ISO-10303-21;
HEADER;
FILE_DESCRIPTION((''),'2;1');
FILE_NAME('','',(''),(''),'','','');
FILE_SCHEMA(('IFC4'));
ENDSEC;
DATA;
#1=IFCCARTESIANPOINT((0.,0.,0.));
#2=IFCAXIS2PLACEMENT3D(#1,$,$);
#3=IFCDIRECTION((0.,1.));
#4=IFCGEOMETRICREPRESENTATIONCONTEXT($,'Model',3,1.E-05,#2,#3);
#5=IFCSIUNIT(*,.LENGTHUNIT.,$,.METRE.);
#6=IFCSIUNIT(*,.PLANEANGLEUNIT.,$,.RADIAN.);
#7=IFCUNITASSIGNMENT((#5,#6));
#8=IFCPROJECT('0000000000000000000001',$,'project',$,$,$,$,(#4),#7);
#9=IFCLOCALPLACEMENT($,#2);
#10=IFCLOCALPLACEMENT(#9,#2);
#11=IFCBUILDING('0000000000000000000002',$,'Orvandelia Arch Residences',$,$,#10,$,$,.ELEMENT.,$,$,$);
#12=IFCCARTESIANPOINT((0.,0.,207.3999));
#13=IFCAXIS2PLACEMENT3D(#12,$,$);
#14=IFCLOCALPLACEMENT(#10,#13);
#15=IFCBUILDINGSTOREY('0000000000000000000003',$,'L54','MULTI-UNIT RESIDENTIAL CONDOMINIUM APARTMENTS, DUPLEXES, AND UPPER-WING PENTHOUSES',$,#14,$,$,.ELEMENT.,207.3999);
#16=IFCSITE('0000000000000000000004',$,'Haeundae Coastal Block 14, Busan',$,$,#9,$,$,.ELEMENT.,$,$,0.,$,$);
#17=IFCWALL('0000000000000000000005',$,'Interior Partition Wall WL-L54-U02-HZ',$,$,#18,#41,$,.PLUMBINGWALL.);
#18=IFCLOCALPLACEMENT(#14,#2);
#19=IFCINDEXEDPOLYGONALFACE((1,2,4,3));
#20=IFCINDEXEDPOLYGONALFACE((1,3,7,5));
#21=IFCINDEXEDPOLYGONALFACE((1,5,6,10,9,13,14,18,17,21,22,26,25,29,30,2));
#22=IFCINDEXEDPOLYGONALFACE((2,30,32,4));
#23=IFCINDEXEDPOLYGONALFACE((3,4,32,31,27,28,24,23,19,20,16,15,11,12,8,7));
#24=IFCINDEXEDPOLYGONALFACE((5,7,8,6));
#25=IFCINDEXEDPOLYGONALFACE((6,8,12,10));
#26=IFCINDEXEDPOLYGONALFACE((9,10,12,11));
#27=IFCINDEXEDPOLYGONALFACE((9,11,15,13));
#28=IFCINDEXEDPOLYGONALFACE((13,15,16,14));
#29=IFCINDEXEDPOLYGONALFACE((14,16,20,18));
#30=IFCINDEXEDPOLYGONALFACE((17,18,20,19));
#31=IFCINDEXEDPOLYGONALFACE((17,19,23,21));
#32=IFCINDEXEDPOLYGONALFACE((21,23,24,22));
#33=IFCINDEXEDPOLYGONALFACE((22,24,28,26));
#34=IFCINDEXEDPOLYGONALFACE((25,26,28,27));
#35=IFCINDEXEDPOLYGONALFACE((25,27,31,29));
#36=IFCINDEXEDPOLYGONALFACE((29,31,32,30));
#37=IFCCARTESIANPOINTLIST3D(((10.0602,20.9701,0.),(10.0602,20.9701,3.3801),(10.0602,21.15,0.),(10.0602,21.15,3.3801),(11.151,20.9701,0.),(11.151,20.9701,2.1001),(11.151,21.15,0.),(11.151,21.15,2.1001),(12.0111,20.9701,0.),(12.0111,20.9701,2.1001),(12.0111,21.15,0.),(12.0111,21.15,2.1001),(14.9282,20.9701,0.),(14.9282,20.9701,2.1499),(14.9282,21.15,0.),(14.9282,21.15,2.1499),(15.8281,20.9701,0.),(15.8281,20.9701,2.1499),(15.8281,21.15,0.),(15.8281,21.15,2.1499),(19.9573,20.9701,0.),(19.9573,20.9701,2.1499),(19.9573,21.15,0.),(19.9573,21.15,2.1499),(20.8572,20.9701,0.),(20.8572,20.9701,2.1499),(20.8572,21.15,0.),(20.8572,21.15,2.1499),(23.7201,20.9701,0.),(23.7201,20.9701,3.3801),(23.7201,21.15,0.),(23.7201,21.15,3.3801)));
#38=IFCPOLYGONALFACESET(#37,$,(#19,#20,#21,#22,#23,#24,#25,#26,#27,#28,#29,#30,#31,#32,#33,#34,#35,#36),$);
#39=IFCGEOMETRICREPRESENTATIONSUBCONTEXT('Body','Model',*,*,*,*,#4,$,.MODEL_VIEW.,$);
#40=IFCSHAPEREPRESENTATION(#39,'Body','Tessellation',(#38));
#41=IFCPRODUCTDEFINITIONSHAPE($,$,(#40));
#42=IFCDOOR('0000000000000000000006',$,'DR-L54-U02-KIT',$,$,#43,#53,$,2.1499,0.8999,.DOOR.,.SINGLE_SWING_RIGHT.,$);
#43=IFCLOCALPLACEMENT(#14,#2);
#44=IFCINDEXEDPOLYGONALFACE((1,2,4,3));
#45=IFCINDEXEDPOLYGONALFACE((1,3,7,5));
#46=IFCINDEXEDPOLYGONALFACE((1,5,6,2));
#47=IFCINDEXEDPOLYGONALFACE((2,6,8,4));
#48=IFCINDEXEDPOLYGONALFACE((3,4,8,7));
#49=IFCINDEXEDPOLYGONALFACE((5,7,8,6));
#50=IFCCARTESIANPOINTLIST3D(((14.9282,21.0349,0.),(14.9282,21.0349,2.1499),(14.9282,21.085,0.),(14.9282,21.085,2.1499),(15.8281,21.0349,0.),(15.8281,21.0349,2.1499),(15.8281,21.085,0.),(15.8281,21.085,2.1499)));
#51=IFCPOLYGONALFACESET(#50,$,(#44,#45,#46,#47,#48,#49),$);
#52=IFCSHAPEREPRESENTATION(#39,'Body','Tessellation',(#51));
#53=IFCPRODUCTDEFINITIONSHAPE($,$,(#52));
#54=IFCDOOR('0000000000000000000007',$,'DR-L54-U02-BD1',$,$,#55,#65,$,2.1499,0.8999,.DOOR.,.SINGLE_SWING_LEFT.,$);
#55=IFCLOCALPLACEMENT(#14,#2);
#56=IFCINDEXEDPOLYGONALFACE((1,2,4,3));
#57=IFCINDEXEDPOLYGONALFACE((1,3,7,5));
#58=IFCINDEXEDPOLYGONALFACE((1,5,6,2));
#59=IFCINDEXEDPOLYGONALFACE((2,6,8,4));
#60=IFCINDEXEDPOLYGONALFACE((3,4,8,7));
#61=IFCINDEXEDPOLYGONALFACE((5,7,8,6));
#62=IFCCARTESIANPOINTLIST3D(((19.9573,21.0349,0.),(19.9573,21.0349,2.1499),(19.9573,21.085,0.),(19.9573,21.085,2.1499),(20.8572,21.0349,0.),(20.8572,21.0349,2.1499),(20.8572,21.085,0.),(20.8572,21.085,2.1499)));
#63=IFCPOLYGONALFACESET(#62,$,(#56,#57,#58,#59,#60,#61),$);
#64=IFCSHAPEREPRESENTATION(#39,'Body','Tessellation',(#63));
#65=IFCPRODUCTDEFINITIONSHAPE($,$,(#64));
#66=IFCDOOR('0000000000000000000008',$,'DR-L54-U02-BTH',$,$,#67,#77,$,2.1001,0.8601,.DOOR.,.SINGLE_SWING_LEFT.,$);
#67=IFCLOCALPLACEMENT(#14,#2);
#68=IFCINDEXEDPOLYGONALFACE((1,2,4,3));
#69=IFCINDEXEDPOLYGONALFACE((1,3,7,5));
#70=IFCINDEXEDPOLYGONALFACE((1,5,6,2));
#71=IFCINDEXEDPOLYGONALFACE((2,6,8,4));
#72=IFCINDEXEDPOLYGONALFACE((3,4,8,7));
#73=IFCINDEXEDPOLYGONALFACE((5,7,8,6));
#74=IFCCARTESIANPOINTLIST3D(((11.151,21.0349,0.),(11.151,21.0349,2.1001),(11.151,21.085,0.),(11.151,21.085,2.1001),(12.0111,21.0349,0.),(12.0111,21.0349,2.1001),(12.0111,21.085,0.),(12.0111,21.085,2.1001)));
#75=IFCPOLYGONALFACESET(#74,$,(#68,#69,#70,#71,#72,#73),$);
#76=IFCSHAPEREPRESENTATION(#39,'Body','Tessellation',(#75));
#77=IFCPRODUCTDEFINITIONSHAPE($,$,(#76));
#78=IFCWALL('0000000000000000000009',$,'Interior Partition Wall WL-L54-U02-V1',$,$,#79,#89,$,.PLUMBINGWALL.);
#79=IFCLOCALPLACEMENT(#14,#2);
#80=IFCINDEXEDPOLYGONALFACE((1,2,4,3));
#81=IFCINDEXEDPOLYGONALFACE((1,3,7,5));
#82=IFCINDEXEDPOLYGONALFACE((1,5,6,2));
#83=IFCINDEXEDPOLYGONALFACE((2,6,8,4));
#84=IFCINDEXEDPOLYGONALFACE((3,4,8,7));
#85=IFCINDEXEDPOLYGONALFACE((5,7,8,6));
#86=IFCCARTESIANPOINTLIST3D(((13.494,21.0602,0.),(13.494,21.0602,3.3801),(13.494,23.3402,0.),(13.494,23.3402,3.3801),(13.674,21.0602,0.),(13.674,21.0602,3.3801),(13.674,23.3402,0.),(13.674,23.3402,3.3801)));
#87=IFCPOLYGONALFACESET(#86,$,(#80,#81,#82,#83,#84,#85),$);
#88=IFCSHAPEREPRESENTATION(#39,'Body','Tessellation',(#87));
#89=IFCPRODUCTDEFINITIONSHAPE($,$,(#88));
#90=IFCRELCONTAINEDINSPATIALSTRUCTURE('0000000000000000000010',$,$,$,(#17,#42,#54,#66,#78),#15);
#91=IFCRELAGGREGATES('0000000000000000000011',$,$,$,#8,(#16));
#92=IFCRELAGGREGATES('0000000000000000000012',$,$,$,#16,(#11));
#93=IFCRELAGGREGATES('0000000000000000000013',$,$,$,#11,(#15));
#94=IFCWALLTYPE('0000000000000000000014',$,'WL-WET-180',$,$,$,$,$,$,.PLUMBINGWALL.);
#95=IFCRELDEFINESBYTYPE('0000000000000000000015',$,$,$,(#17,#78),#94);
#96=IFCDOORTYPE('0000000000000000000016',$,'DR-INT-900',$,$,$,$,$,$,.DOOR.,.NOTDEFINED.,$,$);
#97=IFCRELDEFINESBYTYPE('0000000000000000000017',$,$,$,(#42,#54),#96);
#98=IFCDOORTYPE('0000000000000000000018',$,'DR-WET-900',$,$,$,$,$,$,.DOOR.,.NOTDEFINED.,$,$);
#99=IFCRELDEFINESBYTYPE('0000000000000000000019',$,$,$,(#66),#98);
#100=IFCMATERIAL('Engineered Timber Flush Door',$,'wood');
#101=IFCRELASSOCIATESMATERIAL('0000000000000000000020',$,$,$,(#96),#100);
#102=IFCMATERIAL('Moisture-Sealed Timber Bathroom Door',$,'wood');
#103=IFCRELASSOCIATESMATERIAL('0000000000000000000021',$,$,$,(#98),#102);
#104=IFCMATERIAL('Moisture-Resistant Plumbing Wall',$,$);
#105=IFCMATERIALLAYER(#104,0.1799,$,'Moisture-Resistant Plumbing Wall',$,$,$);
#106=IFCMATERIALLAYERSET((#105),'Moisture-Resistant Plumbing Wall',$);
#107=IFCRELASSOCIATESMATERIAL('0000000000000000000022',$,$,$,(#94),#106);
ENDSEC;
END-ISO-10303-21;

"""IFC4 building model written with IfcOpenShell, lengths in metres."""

from ifc_helpers import new_model, si_unit, direction, frame, frame_2d, origin, place, context, subcontext, project, spatial, rectangle, extrude, material, layer, layer_set, type_object, element, fill, save


model = new_model("IFC4")

# Units and contexts
model_context = context("Model", 3, precision=1e-05, world=origin(), true_north=direction((0.0, 1.0)))
body_context = subcontext(model_context, "Body", "Model", "MODEL_VIEW")
ifc_project = project(units=[si_unit("LENGTHUNIT", "METRE"), si_unit("PLANEANGLEUNIT", "RADIAN")], contexts=[model_context])

# Site, building, storey
site_placement = place(None, origin())
site = spatial("IfcSite", under=ifc_project, at=site_placement, Name="Haeundae Coastal Block 14, Busan", CompositionType="ELEMENT", RefElevation=0.0)
building_placement = place(site_placement, origin())
building = spatial("IfcBuilding", under=site, at=building_placement, Name="Orvandelia Arch Residences", CompositionType="ELEMENT")
storey_placement = place(building_placement, frame((0.0, 0.0, 207.3999)))
storey = spatial("IfcBuildingStorey", under=building, at=storey_placement, Name="L54", Description="MULTI-UNIT RESIDENTIAL CONDOMINIUM APARTMENTS, DUPLEXES, AND UPPER-WING PENTHOUSES", CompositionType="ELEMENT", Elevation=207.3999)

# Shared definitions
ifc_material_1 = material(Name="Engineered Timber Flush Door", Category="wood")
door_type_1 = type_object("IfcDoorType", Name="DR-INT-900", OperationType="NOTDEFINED", PredefinedType="DOOR", material=ifc_material_1)
ifc_material_2 = material(Name="Moisture-Sealed Timber Bathroom Door", Category="wood")
door_type_2 = type_object("IfcDoorType", Name="DR-WET-900", OperationType="NOTDEFINED", PredefinedType="DOOR", material=ifc_material_2)

# Wall, openings, doors
ifc_material_3 = material(Name="Moisture-Resistant Plumbing Wall")
ifc_layer_1 = layer(ifc_material_3, 0.1799, Name="Moisture-Resistant Plumbing Wall")
ifc_layer_set_1 = layer_set([ifc_layer_1], Name="Moisture-Resistant Plumbing Wall")
wall_type_1 = type_object("IfcWallType", Name="WL-WET-180", PredefinedType="PLUMBINGWALL", material=ifc_layer_set_1)
wall_1_placement = place(storey_placement, frame((10.0601, 21.0601, 0.0), z_axis=(0.0, 0.0, 1.0), x_axis=(1.0, 0.0, 0.0)))
wall_1 = element("IfcWall", 1, at=wall_1_placement, inside=storey, type_object=wall_type_1, Name="Interior Partition Wall WL-L54-U02-HZ", PredefinedType="PLUMBINGWALL", context=body_context, shape_type="SweptSolid", body=[
    extrude(rectangle(XDim=13.6599, YDim=0.1799, at=frame_2d((6.8301, 0.0))), origin(), (0.0, 0.0, 1.0), 3.3801),
])
opening_1_placement = place(wall_1_placement, frame((1.0908, 0.0, 0.0)))
opening_1 = element("IfcOpeningElement", 2, at=opening_1_placement, cuts=wall_1, PredefinedType="OPENING", context=body_context, shape_type="SweptSolid", body=[
    extrude(rectangle(XDim=0.8601, YDim=2.1001, at=frame_2d((0.4302, 1.05))), frame((0.0, 0.1001, 0.0), z_axis=(0.0, -1.0, 0.0), x_axis=(1.0, 0.0, 0.0)), (0.0, 0.0, 1.0), 0.2),
])
opening_2_placement = place(wall_1_placement, frame((4.8682, 0.0, 0.0)))
opening_2 = element("IfcOpeningElement", 3, at=opening_2_placement, cuts=wall_1, PredefinedType="OPENING", context=body_context, shape_type="SweptSolid", body=[
    extrude(rectangle(XDim=0.8999, YDim=2.1499, at=frame_2d((0.45, 1.075))), frame((0.0, 0.1001, 0.0), z_axis=(0.0, -1.0, 0.0), x_axis=(1.0, 0.0, 0.0)), (0.0, 0.0, 1.0), 0.2),
])
opening_3_placement = place(wall_1_placement, frame((9.8972, 0.0, 0.0)))
opening_3 = element("IfcOpeningElement", 4, at=opening_3_placement, cuts=wall_1, PredefinedType="OPENING", context=body_context, shape_type="SweptSolid", body=[
    extrude(rectangle(XDim=0.8999, YDim=2.1499, at=frame_2d((0.45, 1.075))), frame((0.0, 0.1001, 0.0), z_axis=(0.0, -1.0, 0.0), x_axis=(1.0, 0.0, 0.0)), (0.0, 0.0, 1.0), 0.2),
])
door_1_placement = place(opening_2_placement, origin())
door_1 = element("IfcDoor", 5, at=door_1_placement, inside=storey, type_object=door_type_1, Name="DR-L54-U02-KIT", OperationType="SINGLE_SWING_RIGHT", OverallHeight=2.1499, OverallWidth=0.8999, PredefinedType="DOOR", context=body_context, shape_type="SweptSolid", body=[
    extrude(rectangle(XDim=0.8999, YDim=2.1499, at=frame_2d((0.45, 1.075))), frame((0.0, 0.0249, 0.0), z_axis=(0.0, -1.0, 0.0), x_axis=(1.0, 0.0, 0.0)), (0.0, 0.0, 1.0), 0.05),
])
fill(opening_2, door_1)
door_2_placement = place(opening_3_placement, origin())
door_2 = element("IfcDoor", 6, at=door_2_placement, inside=storey, type_object=door_type_1, Name="DR-L54-U02-BD1", OperationType="SINGLE_SWING_LEFT", OverallHeight=2.1499, OverallWidth=0.8999, PredefinedType="DOOR", context=body_context, shape_type="SweptSolid", body=[
    extrude(rectangle(XDim=0.8999, YDim=2.1499, at=frame_2d((0.45, 1.075))), frame((0.0, 0.0249, 0.0), z_axis=(0.0, -1.0, 0.0), x_axis=(1.0, 0.0, 0.0)), (0.0, 0.0, 1.0), 0.05),
])
fill(opening_3, door_2)
door_3_placement = place(opening_1_placement, origin())
door_3 = element("IfcDoor", 7, at=door_3_placement, inside=storey, type_object=door_type_2, Name="DR-L54-U02-BTH", OperationType="SINGLE_SWING_LEFT", OverallHeight=2.1001, OverallWidth=0.8601, PredefinedType="DOOR", context=body_context, shape_type="SweptSolid", body=[
    extrude(rectangle(XDim=0.8601, YDim=2.1001, at=frame_2d((0.4302, 1.05))), frame((0.0, 0.0249, 0.0), z_axis=(0.0, -1.0, 0.0), x_axis=(1.0, 0.0, 0.0)), (0.0, 0.0, 1.0), 0.05),
])
fill(opening_1, door_3)

# Wall
wall_2_placement = place(storey_placement, frame((13.584, 21.0601, 0.0), z_axis=(0.0, 0.0, 1.0), x_axis=(0.0, 1.0, 0.0)))
element("IfcWall", 8, at=wall_2_placement, inside=storey, type_object=wall_type_1, Name="Interior Partition Wall WL-L54-U02-V1", PredefinedType="PLUMBINGWALL", context=body_context, shape_type="SweptSolid", body=[
    extrude(rectangle(XDim=2.28, YDim=0.1799, at=frame_2d((1.1401, 0.0))), origin(), (0.0, 0.0, 1.0), 3.3801),
])

save(model, "model.ifc")
